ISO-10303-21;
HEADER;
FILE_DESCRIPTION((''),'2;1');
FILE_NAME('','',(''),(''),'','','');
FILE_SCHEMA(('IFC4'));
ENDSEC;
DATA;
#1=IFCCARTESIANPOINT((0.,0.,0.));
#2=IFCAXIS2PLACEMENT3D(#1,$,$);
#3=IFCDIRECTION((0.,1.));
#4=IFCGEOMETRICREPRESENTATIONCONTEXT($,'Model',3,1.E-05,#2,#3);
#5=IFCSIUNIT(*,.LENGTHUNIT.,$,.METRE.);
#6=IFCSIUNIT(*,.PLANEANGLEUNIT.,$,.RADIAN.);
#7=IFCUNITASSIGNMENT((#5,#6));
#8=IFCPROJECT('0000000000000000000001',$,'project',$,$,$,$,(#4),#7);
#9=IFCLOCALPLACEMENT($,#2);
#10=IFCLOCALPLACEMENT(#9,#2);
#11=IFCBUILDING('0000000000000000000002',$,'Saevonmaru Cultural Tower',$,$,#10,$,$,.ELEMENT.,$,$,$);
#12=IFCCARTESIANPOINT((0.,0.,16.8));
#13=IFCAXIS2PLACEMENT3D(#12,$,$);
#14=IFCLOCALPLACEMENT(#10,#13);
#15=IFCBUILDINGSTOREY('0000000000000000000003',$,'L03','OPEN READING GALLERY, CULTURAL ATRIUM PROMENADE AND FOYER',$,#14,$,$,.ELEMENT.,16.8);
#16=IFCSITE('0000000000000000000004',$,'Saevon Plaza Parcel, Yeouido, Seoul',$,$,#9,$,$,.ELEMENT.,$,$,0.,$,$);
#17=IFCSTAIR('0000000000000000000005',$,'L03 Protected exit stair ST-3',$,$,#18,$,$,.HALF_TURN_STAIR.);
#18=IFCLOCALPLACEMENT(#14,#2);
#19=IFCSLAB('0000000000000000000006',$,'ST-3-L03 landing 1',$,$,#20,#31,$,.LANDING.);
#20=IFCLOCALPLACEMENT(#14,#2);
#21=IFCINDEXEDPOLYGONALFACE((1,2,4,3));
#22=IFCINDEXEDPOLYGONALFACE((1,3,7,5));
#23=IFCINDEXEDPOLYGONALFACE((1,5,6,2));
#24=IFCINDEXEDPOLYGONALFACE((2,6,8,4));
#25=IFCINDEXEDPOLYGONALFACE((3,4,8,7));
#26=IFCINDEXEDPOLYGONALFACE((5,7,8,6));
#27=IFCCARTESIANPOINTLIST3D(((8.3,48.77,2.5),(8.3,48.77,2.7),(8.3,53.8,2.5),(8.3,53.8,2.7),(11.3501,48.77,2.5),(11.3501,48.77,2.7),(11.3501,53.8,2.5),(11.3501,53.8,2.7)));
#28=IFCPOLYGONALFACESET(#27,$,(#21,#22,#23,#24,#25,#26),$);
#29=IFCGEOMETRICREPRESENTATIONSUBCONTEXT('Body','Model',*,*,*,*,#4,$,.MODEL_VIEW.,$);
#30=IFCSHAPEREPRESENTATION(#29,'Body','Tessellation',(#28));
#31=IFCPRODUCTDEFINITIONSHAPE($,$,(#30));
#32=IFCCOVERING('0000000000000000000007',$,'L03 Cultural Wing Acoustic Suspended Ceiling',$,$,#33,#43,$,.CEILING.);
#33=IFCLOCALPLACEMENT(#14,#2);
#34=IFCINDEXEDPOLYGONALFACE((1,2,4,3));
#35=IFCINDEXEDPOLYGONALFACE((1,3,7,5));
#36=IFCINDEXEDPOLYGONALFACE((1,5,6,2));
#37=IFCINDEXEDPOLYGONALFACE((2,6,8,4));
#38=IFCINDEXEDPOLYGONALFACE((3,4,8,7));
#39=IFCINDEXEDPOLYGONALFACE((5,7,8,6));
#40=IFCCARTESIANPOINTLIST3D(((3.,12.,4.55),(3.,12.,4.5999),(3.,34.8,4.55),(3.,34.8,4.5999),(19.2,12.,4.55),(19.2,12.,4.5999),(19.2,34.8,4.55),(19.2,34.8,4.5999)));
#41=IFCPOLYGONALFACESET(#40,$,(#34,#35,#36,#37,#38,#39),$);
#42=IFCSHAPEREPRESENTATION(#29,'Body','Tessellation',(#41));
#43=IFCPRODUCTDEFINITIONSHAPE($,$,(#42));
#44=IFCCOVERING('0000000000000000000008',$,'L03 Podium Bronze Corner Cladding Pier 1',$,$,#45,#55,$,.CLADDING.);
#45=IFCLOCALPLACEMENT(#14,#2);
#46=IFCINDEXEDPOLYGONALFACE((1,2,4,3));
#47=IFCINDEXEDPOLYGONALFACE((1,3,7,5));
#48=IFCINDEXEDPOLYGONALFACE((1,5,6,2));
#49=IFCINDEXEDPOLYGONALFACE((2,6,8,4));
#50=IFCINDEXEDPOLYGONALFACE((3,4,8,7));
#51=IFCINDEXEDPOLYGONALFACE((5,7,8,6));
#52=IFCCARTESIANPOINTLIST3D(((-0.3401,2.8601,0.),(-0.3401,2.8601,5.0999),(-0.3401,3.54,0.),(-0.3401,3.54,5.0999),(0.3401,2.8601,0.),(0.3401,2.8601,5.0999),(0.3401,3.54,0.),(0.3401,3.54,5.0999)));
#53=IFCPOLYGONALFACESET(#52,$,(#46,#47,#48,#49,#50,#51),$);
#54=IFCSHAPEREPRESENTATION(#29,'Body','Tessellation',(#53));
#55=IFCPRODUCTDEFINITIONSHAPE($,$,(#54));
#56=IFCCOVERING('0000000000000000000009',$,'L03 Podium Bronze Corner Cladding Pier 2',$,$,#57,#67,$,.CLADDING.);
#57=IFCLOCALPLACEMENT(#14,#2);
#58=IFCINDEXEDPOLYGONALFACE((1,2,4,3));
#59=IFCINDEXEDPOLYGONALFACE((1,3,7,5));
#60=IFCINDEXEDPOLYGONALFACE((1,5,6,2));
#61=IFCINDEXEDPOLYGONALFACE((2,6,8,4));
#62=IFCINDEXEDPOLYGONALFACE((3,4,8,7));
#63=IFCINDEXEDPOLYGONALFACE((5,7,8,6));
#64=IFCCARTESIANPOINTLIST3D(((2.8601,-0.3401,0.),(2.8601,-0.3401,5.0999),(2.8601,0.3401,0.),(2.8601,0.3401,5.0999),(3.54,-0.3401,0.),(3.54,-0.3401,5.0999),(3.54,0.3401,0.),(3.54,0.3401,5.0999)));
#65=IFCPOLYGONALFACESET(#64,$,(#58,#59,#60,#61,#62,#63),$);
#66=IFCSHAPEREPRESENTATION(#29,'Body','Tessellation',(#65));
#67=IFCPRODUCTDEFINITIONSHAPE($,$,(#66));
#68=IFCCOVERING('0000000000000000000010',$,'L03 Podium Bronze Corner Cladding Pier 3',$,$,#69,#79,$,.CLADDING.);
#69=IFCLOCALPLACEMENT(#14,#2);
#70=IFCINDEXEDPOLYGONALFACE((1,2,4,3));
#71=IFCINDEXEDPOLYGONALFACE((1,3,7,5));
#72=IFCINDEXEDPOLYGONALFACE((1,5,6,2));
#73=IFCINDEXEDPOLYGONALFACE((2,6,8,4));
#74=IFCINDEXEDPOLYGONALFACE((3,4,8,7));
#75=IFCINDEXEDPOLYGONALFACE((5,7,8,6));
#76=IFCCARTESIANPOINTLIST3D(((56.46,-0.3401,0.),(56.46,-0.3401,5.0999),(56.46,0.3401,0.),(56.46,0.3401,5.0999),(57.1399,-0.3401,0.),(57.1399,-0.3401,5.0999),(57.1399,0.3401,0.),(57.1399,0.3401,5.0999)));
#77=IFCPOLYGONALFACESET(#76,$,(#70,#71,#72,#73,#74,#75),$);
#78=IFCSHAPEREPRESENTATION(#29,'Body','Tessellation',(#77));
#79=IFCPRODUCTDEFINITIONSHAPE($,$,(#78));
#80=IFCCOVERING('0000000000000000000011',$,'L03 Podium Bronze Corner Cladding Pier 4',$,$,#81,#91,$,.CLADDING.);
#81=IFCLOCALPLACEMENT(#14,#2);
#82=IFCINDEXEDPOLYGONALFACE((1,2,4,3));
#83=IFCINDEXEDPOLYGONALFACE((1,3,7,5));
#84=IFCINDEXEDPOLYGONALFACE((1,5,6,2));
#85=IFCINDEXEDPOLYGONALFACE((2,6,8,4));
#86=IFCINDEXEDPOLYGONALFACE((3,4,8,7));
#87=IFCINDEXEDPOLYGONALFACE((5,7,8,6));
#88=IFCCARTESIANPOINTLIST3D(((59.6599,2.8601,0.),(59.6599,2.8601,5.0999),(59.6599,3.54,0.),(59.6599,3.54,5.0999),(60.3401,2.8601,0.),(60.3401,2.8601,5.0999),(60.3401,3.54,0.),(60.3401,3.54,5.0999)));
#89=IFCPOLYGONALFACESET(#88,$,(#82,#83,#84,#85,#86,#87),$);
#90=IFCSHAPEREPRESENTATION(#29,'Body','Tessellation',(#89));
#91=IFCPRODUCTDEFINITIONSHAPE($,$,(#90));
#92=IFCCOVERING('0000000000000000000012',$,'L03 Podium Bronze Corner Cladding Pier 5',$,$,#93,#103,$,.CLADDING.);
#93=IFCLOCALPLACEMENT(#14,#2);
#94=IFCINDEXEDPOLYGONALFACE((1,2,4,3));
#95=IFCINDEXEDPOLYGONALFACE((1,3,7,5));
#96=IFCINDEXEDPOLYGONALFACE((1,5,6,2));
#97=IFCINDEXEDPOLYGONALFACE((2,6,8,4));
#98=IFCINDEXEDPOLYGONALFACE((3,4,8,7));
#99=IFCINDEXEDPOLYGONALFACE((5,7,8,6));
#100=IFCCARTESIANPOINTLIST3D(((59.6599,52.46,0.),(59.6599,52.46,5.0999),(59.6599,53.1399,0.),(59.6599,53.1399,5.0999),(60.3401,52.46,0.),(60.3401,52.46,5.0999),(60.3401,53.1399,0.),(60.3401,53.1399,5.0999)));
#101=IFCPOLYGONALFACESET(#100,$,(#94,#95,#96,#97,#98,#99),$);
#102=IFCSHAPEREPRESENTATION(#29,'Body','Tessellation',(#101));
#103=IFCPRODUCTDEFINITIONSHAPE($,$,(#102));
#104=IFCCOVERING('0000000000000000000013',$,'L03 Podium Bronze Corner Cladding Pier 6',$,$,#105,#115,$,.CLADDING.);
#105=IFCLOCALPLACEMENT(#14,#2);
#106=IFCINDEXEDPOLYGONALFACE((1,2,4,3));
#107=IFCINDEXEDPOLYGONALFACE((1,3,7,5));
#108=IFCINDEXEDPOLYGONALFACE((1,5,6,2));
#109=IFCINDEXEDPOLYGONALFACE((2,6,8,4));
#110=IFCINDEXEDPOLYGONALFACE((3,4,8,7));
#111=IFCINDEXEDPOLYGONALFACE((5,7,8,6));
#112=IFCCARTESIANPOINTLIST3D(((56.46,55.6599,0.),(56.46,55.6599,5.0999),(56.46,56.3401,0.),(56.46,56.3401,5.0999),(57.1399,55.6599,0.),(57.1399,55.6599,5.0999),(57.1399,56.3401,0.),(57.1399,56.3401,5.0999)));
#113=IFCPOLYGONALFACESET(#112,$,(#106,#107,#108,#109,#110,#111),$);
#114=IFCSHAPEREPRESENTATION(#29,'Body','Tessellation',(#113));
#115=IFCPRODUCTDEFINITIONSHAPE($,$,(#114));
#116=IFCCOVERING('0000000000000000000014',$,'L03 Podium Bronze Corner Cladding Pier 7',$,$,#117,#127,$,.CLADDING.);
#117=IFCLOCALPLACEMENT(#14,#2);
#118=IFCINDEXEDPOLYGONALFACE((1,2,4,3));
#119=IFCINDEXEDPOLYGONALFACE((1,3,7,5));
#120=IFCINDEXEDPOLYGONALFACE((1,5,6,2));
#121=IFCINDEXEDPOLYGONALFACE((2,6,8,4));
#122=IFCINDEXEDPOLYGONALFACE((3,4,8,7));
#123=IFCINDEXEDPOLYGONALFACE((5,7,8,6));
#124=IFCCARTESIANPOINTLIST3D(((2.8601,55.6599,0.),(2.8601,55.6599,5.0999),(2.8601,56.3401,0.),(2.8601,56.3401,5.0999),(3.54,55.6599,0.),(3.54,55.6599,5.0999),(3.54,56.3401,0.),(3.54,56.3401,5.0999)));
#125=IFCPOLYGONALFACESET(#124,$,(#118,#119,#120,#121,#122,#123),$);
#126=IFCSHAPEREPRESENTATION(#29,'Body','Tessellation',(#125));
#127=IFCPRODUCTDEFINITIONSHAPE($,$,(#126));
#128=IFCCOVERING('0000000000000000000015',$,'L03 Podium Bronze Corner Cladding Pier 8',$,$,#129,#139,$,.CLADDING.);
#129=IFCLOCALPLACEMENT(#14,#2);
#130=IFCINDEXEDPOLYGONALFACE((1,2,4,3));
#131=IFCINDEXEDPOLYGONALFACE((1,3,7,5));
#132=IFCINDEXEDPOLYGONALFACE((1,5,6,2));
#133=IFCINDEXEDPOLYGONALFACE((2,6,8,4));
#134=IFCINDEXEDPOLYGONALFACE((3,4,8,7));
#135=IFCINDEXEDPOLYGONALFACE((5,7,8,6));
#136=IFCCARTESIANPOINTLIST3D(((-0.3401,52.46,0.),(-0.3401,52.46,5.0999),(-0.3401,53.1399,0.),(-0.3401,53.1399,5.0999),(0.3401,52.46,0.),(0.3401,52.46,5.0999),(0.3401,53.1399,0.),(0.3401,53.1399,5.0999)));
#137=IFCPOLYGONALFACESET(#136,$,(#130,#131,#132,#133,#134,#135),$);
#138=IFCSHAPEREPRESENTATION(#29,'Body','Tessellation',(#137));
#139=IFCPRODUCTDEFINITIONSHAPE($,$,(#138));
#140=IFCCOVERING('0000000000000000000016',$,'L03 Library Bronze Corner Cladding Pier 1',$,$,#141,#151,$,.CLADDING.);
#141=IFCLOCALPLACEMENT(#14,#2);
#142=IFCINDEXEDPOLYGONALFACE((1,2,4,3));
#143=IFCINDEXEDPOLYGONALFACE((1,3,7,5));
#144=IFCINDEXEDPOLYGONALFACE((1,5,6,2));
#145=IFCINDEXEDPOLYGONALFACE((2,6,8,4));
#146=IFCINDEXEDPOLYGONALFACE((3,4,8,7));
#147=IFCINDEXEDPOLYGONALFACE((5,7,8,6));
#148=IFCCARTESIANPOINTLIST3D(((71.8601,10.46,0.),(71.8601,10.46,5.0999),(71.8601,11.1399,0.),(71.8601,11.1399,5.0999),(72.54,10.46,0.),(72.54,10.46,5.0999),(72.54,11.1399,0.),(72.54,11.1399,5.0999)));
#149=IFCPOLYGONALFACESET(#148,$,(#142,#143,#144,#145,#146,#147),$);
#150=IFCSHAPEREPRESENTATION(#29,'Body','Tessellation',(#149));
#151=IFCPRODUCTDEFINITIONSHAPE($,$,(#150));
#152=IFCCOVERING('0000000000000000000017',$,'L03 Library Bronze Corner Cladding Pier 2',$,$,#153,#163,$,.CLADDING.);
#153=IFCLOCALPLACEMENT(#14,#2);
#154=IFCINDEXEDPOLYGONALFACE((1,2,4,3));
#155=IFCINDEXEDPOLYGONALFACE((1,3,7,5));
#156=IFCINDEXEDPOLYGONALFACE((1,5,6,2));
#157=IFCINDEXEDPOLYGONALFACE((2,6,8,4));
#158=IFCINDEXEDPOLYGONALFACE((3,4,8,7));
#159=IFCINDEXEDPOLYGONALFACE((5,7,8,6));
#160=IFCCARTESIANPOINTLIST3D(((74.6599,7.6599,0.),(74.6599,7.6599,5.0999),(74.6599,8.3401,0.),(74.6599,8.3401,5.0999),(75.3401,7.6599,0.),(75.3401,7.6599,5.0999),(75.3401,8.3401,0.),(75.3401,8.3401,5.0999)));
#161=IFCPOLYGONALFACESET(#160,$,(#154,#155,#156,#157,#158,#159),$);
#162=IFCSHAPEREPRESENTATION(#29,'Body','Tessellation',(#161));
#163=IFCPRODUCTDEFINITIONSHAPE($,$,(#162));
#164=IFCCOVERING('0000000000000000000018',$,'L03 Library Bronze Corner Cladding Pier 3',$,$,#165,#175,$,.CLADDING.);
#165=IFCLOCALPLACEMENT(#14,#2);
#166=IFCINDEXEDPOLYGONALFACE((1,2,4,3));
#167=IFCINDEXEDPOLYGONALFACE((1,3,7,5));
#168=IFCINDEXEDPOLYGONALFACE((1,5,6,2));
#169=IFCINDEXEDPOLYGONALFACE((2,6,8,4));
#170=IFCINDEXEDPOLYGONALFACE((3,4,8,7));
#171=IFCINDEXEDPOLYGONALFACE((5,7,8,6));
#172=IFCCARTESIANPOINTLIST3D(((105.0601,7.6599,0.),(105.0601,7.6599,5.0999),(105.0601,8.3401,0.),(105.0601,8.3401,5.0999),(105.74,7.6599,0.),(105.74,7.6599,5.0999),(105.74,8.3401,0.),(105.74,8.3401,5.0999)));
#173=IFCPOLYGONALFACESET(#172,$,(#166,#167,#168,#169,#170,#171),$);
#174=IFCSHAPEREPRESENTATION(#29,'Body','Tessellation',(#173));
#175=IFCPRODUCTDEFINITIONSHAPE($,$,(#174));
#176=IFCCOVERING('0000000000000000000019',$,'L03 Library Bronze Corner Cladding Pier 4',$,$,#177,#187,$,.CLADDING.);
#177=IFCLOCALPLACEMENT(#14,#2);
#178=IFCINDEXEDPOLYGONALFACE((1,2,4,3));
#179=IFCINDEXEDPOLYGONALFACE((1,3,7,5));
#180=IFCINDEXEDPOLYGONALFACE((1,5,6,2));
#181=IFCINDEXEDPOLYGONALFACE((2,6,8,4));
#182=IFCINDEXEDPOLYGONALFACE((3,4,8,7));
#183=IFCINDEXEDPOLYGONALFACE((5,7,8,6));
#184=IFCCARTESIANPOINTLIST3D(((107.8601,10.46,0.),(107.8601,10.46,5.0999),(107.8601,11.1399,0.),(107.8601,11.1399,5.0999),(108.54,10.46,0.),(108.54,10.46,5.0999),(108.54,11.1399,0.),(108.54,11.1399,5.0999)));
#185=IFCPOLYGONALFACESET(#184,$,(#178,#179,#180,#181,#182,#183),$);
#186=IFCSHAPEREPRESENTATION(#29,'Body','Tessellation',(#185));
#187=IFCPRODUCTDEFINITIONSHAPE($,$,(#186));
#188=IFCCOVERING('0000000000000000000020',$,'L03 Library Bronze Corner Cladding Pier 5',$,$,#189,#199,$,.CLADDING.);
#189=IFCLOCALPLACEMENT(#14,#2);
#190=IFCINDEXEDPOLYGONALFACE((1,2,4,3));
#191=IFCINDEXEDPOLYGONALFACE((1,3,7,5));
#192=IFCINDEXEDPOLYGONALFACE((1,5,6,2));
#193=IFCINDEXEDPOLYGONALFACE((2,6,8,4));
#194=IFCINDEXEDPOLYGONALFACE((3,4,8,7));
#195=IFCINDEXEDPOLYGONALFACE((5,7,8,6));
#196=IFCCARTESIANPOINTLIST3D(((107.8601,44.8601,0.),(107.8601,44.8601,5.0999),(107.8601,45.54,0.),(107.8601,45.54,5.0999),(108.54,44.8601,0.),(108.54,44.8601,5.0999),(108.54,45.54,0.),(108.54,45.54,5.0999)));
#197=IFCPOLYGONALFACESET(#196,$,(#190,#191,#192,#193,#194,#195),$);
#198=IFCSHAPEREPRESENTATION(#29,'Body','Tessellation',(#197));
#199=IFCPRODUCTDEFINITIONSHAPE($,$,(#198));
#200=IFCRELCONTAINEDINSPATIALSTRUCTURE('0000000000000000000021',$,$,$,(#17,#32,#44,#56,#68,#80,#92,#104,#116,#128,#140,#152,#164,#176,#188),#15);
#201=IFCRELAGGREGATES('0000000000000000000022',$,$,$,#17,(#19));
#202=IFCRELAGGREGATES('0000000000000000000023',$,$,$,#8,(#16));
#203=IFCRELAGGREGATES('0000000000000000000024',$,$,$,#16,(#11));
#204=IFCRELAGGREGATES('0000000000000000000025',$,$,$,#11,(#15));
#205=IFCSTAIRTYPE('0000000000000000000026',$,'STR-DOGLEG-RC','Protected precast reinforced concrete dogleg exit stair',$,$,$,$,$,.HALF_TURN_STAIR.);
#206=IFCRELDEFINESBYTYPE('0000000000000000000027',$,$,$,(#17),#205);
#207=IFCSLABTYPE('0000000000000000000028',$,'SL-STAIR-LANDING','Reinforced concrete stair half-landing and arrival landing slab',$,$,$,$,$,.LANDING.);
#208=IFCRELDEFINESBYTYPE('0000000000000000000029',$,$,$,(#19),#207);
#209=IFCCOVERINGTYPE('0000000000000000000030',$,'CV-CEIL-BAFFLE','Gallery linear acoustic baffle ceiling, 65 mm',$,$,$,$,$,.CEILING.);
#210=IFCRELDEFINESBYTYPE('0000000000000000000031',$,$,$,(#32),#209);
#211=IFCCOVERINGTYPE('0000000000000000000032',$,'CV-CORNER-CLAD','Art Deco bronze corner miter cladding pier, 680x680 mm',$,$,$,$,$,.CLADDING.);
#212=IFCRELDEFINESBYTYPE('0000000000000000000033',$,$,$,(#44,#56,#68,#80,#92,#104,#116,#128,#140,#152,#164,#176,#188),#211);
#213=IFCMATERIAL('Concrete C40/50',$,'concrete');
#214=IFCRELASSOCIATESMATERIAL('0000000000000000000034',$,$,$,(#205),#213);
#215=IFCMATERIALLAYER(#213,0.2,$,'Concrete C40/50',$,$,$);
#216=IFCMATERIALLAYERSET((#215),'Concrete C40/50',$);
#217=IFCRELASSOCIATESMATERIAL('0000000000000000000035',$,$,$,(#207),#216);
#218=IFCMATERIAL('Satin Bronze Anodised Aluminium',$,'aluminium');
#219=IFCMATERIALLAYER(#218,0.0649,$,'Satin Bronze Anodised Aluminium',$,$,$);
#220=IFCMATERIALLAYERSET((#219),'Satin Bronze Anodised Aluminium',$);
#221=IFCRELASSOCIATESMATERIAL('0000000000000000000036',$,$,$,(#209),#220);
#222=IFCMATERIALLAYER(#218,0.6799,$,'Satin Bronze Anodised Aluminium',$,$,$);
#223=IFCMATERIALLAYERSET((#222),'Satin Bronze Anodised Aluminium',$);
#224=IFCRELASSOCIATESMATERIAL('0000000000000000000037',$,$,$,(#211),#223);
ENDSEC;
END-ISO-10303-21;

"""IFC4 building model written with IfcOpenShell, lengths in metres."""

from ifc_helpers import new_model, si_unit, direction, frame, origin, place, context, subcontext, project, spatial, polyline, outline, extrude, material, layer, layer_set, type_object, element, aggregate, save


model = new_model("IFC4")

# Units and contexts
model_context = context("Model", 3, precision=1e-05, world=origin(), true_north=direction((0.0, 1.0)))
body_context = subcontext(model_context, "Body", "Model", "MODEL_VIEW")
ifc_project = project(units=[si_unit("LENGTHUNIT", "METRE"), si_unit("PLANEANGLEUNIT", "RADIAN")], contexts=[model_context])

# Site, building, storey
site_placement = place(None, origin())
site = spatial("IfcSite", under=ifc_project, at=site_placement, Name="Saevon Plaza Parcel, Yeouido, Seoul", CompositionType="ELEMENT", RefElevation=0.0)
building_placement = place(site_placement, origin())
building = spatial("IfcBuilding", under=site, at=building_placement, Name="Saevonmaru Cultural Tower", CompositionType="ELEMENT")
storey_placement = place(building_placement, frame((0.0, 0.0, 16.8)))
storey = spatial("IfcBuildingStorey", under=building, at=storey_placement, Name="L03", Description="OPEN READING GALLERY, CULTURAL ATRIUM PROMENADE AND FOYER", CompositionType="ELEMENT", Elevation=16.8)

# Shared definitions
ifc_material_1 = material(Name="Satin Bronze Anodised Aluminium", Category="aluminium")

# Shared definitions
ifc_material_2 = material(Name="Concrete C40/50", Category="concrete")

# Stair, slab
stair_type = type_object("IfcStairType", Name="STR-DOGLEG-RC", Description="Protected precast reinforced concrete dogleg exit stair", PredefinedType="HALF_TURN_STAIR", material=ifc_material_2)
ifc_layer_1 = layer(ifc_material_2, 0.2, Name="Concrete C40/50")
ifc_layer_set_1 = layer_set([ifc_layer_1], Name="Concrete C40/50")
slab_type_1 = type_object("IfcSlabType", Name="SL-STAIR-LANDING", Description="Reinforced concrete stair half-landing and arrival landing slab", PredefinedType="LANDING", material=ifc_layer_set_1)
stair_1_placement = place(storey_placement, origin())
stair_1 = element("IfcStair", 1, at=stair_1_placement, inside=storey, type_object=stair_type, Name="L03 Protected exit stair ST-3", PredefinedType="HALF_TURN_STAIR")
slab_1_placement = place(storey_placement, frame((0.0, 0.0, 2.5)))
slab_1 = element("IfcSlab", 2, at=slab_1_placement, type_object=slab_type_1, Name="ST-3-L03 landing 1", PredefinedType="LANDING", context=body_context, shape_type="SweptSolid", body=[
    extrude(outline(polyline([(11.3501, 48.77), (11.3501, 53.8), (8.3, 53.8), (8.3, 48.77), (11.3501, 48.77)])), origin(), (0.0, 0.0, 1.0), 0.2),
])
aggregate(stair_1, [slab_1])

# Coverings
ifc_layer_2 = layer(ifc_material_1, 0.0649, Name="Satin Bronze Anodised Aluminium")
ifc_layer_set_2 = layer_set([ifc_layer_2], Name="Satin Bronze Anodised Aluminium")
covering_type_1 = type_object("IfcCoveringType", Name="CV-CEIL-BAFFLE", Description="Gallery linear acoustic baffle ceiling, 65 mm", PredefinedType="CEILING", material=ifc_layer_set_2)
covering_1_placement = place(storey_placement, frame((0.0, 0.0, 4.55)))
element("IfcCovering", 3, at=covering_1_placement, inside=storey, type_object=covering_type_1, Name="L03 Cultural Wing Acoustic Suspended Ceiling", PredefinedType="CEILING", context=body_context, shape_type="SweptSolid", body=[
    extrude(outline(polyline([(3.0, 12.0), (19.2, 12.0), (19.2, 34.8), (3.0, 34.8), (3.0, 12.0)])), origin(), (0.0, 0.0, 1.0), 0.0498),
])
ifc_layer_3 = layer(ifc_material_1, 0.6799, Name="Satin Bronze Anodised Aluminium")
ifc_layer_set_3 = layer_set([ifc_layer_3], Name="Satin Bronze Anodised Aluminium")
covering_type_2 = type_object("IfcCoveringType", Name="CV-CORNER-CLAD", Description="Art Deco bronze corner miter cladding pier, 680x680 mm", PredefinedType="CLADDING", material=ifc_layer_set_3)
covering_2_placement = place(storey_placement, origin())
element("IfcCovering", 4, at=covering_2_placement, inside=storey, type_object=covering_type_2, Name="L03 Podium Bronze Corner Cladding Pier 1", PredefinedType="CLADDING", context=body_context, shape_type="SweptSolid", body=[
    extrude(outline(polyline([(-0.3401, 2.8601), (0.3401, 2.8601), (0.3401, 3.54), (-0.3401, 3.54), (-0.3401, 2.8601)])), origin(), (0.0, 0.0, 1.0), 5.0999),
])
covering_3_placement = place(storey_placement, origin())
element("IfcCovering", 5, at=covering_3_placement, inside=storey, type_object=covering_type_2, Name="L03 Podium Bronze Corner Cladding Pier 2", PredefinedType="CLADDING", context=body_context, shape_type="SweptSolid", body=[
    extrude(outline(polyline([(2.8601, -0.3401), (3.54, -0.3401), (3.54, 0.3401), (2.8601, 0.3401), (2.8601, -0.3401)])), origin(), (0.0, 0.0, 1.0), 5.0999),
])
covering_4_placement = place(storey_placement, origin())
element("IfcCovering", 6, at=covering_4_placement, inside=storey, type_object=covering_type_2, Name="L03 Podium Bronze Corner Cladding Pier 3", PredefinedType="CLADDING", context=body_context, shape_type="SweptSolid", body=[
    extrude(outline(polyline([(56.46, -0.3401), (57.1399, -0.3401), (57.1399, 0.3401), (56.46, 0.3401), (56.46, -0.3401)])), origin(), (0.0, 0.0, 1.0), 5.0999),
])
covering_5_placement = place(storey_placement, origin())
element("IfcCovering", 7, at=covering_5_placement, inside=storey, type_object=covering_type_2, Name="L03 Podium Bronze Corner Cladding Pier 4", PredefinedType="CLADDING", context=body_context, shape_type="SweptSolid", body=[
    extrude(outline(polyline([(59.6599, 2.8601), (60.3401, 2.8601), (60.3401, 3.54), (59.6599, 3.54), (59.6599, 2.8601)])), origin(), (0.0, 0.0, 1.0), 5.0999),
])
covering_6_placement = place(storey_placement, origin())
element("IfcCovering", 8, at=covering_6_placement, inside=storey, type_object=covering_type_2, Name="L03 Podium Bronze Corner Cladding Pier 5", PredefinedType="CLADDING", context=body_context, shape_type="SweptSolid", body=[
    extrude(outline(polyline([(59.6599, 52.46), (60.3401, 52.46), (60.3401, 53.1399), (59.6599, 53.1399), (59.6599, 52.46)])), origin(), (0.0, 0.0, 1.0), 5.0999),
])
covering_7_placement = place(storey_placement, origin())
element("IfcCovering", 9, at=covering_7_placement, inside=storey, type_object=covering_type_2, Name="L03 Podium Bronze Corner Cladding Pier 6", PredefinedType="CLADDING", context=body_context, shape_type="SweptSolid", body=[
    extrude(outline(polyline([(56.46, 55.6599), (57.1399, 55.6599), (57.1399, 56.3401), (56.46, 56.3401), (56.46, 55.6599)])), origin(), (0.0, 0.0, 1.0), 5.0999),
])
covering_8_placement = place(storey_placement, origin())
element("IfcCovering", 10, at=covering_8_placement, inside=storey, type_object=covering_type_2, Name="L03 Podium Bronze Corner Cladding Pier 7", PredefinedType="CLADDING", context=body_context, shape_type="SweptSolid", body=[
    extrude(outline(polyline([(2.8601, 55.6599), (3.54, 55.6599), (3.54, 56.3401), (2.8601, 56.3401), (2.8601, 55.6599)])), origin(), (0.0, 0.0, 1.0), 5.0999),
])
covering_9_placement = place(storey_placement, origin())
element("IfcCovering", 11, at=covering_9_placement, inside=storey, type_object=covering_type_2, Name="L03 Podium Bronze Corner Cladding Pier 8", PredefinedType="CLADDING", context=body_context, shape_type="SweptSolid", body=[
    extrude(outline(polyline([(-0.3401, 52.46), (0.3401, 52.46), (0.3401, 53.1399), (-0.3401, 53.1399), (-0.3401, 52.46)])), origin(), (0.0, 0.0, 1.0), 5.0999),
])
covering_10_placement = place(storey_placement, origin())
element("IfcCovering", 12, at=covering_10_placement, inside=storey, type_object=covering_type_2, Name="L03 Library Bronze Corner Cladding Pier 1", PredefinedType="CLADDING", context=body_context, shape_type="SweptSolid", body=[
    extrude(outline(polyline([(71.8601, 10.46), (72.54, 10.46), (72.54, 11.1399), (71.8601, 11.1399), (71.8601, 10.46)])), origin(), (0.0, 0.0, 1.0), 5.0999),
])
covering_11_placement = place(storey_placement, origin())
element("IfcCovering", 13, at=covering_11_placement, inside=storey, type_object=covering_type_2, Name="L03 Library Bronze Corner Cladding Pier 2", PredefinedType="CLADDING", context=body_context, shape_type="SweptSolid", body=[
    extrude(outline(polyline([(74.6599, 7.6599), (75.3401, 7.6599), (75.3401, 8.3401), (74.6599, 8.3401), (74.6599, 7.6599)])), origin(), (0.0, 0.0, 1.0), 5.0999),
])
covering_12_placement = place(storey_placement, origin())
element("IfcCovering", 14, at=covering_12_placement, inside=storey, type_object=covering_type_2, Name="L03 Library Bronze Corner Cladding Pier 3", PredefinedType="CLADDING", context=body_context, shape_type="SweptSolid", body=[
    extrude(outline(polyline([(105.0601, 7.6599), (105.74, 7.6599), (105.74, 8.3401), (105.0601, 8.3401), (105.0601, 7.6599)])), origin(), (0.0, 0.0, 1.0), 5.0999),
])
covering_13_placement = place(storey_placement, origin())
element("IfcCovering", 15, at=covering_13_placement, inside=storey, type_object=covering_type_2, Name="L03 Library Bronze Corner Cladding Pier 4", PredefinedType="CLADDING", context=body_context, shape_type="SweptSolid", body=[
    extrude(outline(polyline([(107.8601, 10.46), (108.54, 10.46), (108.54, 11.1399), (107.8601, 11.1399), (107.8601, 10.46)])), origin(), (0.0, 0.0, 1.0), 5.0999),
])
covering_14_placement = place(storey_placement, origin())
element("IfcCovering", 16, at=covering_14_placement, inside=storey, type_object=covering_type_2, Name="L03 Library Bronze Corner Cladding Pier 5", PredefinedType="CLADDING", context=body_context, shape_type="SweptSolid", body=[
    extrude(outline(polyline([(107.8601, 44.8601), (108.54, 44.8601), (108.54, 45.54), (107.8601, 45.54), (107.8601, 44.8601)])), origin(), (0.0, 0.0, 1.0), 5.0999),
])

save(model, "model.ifc")
